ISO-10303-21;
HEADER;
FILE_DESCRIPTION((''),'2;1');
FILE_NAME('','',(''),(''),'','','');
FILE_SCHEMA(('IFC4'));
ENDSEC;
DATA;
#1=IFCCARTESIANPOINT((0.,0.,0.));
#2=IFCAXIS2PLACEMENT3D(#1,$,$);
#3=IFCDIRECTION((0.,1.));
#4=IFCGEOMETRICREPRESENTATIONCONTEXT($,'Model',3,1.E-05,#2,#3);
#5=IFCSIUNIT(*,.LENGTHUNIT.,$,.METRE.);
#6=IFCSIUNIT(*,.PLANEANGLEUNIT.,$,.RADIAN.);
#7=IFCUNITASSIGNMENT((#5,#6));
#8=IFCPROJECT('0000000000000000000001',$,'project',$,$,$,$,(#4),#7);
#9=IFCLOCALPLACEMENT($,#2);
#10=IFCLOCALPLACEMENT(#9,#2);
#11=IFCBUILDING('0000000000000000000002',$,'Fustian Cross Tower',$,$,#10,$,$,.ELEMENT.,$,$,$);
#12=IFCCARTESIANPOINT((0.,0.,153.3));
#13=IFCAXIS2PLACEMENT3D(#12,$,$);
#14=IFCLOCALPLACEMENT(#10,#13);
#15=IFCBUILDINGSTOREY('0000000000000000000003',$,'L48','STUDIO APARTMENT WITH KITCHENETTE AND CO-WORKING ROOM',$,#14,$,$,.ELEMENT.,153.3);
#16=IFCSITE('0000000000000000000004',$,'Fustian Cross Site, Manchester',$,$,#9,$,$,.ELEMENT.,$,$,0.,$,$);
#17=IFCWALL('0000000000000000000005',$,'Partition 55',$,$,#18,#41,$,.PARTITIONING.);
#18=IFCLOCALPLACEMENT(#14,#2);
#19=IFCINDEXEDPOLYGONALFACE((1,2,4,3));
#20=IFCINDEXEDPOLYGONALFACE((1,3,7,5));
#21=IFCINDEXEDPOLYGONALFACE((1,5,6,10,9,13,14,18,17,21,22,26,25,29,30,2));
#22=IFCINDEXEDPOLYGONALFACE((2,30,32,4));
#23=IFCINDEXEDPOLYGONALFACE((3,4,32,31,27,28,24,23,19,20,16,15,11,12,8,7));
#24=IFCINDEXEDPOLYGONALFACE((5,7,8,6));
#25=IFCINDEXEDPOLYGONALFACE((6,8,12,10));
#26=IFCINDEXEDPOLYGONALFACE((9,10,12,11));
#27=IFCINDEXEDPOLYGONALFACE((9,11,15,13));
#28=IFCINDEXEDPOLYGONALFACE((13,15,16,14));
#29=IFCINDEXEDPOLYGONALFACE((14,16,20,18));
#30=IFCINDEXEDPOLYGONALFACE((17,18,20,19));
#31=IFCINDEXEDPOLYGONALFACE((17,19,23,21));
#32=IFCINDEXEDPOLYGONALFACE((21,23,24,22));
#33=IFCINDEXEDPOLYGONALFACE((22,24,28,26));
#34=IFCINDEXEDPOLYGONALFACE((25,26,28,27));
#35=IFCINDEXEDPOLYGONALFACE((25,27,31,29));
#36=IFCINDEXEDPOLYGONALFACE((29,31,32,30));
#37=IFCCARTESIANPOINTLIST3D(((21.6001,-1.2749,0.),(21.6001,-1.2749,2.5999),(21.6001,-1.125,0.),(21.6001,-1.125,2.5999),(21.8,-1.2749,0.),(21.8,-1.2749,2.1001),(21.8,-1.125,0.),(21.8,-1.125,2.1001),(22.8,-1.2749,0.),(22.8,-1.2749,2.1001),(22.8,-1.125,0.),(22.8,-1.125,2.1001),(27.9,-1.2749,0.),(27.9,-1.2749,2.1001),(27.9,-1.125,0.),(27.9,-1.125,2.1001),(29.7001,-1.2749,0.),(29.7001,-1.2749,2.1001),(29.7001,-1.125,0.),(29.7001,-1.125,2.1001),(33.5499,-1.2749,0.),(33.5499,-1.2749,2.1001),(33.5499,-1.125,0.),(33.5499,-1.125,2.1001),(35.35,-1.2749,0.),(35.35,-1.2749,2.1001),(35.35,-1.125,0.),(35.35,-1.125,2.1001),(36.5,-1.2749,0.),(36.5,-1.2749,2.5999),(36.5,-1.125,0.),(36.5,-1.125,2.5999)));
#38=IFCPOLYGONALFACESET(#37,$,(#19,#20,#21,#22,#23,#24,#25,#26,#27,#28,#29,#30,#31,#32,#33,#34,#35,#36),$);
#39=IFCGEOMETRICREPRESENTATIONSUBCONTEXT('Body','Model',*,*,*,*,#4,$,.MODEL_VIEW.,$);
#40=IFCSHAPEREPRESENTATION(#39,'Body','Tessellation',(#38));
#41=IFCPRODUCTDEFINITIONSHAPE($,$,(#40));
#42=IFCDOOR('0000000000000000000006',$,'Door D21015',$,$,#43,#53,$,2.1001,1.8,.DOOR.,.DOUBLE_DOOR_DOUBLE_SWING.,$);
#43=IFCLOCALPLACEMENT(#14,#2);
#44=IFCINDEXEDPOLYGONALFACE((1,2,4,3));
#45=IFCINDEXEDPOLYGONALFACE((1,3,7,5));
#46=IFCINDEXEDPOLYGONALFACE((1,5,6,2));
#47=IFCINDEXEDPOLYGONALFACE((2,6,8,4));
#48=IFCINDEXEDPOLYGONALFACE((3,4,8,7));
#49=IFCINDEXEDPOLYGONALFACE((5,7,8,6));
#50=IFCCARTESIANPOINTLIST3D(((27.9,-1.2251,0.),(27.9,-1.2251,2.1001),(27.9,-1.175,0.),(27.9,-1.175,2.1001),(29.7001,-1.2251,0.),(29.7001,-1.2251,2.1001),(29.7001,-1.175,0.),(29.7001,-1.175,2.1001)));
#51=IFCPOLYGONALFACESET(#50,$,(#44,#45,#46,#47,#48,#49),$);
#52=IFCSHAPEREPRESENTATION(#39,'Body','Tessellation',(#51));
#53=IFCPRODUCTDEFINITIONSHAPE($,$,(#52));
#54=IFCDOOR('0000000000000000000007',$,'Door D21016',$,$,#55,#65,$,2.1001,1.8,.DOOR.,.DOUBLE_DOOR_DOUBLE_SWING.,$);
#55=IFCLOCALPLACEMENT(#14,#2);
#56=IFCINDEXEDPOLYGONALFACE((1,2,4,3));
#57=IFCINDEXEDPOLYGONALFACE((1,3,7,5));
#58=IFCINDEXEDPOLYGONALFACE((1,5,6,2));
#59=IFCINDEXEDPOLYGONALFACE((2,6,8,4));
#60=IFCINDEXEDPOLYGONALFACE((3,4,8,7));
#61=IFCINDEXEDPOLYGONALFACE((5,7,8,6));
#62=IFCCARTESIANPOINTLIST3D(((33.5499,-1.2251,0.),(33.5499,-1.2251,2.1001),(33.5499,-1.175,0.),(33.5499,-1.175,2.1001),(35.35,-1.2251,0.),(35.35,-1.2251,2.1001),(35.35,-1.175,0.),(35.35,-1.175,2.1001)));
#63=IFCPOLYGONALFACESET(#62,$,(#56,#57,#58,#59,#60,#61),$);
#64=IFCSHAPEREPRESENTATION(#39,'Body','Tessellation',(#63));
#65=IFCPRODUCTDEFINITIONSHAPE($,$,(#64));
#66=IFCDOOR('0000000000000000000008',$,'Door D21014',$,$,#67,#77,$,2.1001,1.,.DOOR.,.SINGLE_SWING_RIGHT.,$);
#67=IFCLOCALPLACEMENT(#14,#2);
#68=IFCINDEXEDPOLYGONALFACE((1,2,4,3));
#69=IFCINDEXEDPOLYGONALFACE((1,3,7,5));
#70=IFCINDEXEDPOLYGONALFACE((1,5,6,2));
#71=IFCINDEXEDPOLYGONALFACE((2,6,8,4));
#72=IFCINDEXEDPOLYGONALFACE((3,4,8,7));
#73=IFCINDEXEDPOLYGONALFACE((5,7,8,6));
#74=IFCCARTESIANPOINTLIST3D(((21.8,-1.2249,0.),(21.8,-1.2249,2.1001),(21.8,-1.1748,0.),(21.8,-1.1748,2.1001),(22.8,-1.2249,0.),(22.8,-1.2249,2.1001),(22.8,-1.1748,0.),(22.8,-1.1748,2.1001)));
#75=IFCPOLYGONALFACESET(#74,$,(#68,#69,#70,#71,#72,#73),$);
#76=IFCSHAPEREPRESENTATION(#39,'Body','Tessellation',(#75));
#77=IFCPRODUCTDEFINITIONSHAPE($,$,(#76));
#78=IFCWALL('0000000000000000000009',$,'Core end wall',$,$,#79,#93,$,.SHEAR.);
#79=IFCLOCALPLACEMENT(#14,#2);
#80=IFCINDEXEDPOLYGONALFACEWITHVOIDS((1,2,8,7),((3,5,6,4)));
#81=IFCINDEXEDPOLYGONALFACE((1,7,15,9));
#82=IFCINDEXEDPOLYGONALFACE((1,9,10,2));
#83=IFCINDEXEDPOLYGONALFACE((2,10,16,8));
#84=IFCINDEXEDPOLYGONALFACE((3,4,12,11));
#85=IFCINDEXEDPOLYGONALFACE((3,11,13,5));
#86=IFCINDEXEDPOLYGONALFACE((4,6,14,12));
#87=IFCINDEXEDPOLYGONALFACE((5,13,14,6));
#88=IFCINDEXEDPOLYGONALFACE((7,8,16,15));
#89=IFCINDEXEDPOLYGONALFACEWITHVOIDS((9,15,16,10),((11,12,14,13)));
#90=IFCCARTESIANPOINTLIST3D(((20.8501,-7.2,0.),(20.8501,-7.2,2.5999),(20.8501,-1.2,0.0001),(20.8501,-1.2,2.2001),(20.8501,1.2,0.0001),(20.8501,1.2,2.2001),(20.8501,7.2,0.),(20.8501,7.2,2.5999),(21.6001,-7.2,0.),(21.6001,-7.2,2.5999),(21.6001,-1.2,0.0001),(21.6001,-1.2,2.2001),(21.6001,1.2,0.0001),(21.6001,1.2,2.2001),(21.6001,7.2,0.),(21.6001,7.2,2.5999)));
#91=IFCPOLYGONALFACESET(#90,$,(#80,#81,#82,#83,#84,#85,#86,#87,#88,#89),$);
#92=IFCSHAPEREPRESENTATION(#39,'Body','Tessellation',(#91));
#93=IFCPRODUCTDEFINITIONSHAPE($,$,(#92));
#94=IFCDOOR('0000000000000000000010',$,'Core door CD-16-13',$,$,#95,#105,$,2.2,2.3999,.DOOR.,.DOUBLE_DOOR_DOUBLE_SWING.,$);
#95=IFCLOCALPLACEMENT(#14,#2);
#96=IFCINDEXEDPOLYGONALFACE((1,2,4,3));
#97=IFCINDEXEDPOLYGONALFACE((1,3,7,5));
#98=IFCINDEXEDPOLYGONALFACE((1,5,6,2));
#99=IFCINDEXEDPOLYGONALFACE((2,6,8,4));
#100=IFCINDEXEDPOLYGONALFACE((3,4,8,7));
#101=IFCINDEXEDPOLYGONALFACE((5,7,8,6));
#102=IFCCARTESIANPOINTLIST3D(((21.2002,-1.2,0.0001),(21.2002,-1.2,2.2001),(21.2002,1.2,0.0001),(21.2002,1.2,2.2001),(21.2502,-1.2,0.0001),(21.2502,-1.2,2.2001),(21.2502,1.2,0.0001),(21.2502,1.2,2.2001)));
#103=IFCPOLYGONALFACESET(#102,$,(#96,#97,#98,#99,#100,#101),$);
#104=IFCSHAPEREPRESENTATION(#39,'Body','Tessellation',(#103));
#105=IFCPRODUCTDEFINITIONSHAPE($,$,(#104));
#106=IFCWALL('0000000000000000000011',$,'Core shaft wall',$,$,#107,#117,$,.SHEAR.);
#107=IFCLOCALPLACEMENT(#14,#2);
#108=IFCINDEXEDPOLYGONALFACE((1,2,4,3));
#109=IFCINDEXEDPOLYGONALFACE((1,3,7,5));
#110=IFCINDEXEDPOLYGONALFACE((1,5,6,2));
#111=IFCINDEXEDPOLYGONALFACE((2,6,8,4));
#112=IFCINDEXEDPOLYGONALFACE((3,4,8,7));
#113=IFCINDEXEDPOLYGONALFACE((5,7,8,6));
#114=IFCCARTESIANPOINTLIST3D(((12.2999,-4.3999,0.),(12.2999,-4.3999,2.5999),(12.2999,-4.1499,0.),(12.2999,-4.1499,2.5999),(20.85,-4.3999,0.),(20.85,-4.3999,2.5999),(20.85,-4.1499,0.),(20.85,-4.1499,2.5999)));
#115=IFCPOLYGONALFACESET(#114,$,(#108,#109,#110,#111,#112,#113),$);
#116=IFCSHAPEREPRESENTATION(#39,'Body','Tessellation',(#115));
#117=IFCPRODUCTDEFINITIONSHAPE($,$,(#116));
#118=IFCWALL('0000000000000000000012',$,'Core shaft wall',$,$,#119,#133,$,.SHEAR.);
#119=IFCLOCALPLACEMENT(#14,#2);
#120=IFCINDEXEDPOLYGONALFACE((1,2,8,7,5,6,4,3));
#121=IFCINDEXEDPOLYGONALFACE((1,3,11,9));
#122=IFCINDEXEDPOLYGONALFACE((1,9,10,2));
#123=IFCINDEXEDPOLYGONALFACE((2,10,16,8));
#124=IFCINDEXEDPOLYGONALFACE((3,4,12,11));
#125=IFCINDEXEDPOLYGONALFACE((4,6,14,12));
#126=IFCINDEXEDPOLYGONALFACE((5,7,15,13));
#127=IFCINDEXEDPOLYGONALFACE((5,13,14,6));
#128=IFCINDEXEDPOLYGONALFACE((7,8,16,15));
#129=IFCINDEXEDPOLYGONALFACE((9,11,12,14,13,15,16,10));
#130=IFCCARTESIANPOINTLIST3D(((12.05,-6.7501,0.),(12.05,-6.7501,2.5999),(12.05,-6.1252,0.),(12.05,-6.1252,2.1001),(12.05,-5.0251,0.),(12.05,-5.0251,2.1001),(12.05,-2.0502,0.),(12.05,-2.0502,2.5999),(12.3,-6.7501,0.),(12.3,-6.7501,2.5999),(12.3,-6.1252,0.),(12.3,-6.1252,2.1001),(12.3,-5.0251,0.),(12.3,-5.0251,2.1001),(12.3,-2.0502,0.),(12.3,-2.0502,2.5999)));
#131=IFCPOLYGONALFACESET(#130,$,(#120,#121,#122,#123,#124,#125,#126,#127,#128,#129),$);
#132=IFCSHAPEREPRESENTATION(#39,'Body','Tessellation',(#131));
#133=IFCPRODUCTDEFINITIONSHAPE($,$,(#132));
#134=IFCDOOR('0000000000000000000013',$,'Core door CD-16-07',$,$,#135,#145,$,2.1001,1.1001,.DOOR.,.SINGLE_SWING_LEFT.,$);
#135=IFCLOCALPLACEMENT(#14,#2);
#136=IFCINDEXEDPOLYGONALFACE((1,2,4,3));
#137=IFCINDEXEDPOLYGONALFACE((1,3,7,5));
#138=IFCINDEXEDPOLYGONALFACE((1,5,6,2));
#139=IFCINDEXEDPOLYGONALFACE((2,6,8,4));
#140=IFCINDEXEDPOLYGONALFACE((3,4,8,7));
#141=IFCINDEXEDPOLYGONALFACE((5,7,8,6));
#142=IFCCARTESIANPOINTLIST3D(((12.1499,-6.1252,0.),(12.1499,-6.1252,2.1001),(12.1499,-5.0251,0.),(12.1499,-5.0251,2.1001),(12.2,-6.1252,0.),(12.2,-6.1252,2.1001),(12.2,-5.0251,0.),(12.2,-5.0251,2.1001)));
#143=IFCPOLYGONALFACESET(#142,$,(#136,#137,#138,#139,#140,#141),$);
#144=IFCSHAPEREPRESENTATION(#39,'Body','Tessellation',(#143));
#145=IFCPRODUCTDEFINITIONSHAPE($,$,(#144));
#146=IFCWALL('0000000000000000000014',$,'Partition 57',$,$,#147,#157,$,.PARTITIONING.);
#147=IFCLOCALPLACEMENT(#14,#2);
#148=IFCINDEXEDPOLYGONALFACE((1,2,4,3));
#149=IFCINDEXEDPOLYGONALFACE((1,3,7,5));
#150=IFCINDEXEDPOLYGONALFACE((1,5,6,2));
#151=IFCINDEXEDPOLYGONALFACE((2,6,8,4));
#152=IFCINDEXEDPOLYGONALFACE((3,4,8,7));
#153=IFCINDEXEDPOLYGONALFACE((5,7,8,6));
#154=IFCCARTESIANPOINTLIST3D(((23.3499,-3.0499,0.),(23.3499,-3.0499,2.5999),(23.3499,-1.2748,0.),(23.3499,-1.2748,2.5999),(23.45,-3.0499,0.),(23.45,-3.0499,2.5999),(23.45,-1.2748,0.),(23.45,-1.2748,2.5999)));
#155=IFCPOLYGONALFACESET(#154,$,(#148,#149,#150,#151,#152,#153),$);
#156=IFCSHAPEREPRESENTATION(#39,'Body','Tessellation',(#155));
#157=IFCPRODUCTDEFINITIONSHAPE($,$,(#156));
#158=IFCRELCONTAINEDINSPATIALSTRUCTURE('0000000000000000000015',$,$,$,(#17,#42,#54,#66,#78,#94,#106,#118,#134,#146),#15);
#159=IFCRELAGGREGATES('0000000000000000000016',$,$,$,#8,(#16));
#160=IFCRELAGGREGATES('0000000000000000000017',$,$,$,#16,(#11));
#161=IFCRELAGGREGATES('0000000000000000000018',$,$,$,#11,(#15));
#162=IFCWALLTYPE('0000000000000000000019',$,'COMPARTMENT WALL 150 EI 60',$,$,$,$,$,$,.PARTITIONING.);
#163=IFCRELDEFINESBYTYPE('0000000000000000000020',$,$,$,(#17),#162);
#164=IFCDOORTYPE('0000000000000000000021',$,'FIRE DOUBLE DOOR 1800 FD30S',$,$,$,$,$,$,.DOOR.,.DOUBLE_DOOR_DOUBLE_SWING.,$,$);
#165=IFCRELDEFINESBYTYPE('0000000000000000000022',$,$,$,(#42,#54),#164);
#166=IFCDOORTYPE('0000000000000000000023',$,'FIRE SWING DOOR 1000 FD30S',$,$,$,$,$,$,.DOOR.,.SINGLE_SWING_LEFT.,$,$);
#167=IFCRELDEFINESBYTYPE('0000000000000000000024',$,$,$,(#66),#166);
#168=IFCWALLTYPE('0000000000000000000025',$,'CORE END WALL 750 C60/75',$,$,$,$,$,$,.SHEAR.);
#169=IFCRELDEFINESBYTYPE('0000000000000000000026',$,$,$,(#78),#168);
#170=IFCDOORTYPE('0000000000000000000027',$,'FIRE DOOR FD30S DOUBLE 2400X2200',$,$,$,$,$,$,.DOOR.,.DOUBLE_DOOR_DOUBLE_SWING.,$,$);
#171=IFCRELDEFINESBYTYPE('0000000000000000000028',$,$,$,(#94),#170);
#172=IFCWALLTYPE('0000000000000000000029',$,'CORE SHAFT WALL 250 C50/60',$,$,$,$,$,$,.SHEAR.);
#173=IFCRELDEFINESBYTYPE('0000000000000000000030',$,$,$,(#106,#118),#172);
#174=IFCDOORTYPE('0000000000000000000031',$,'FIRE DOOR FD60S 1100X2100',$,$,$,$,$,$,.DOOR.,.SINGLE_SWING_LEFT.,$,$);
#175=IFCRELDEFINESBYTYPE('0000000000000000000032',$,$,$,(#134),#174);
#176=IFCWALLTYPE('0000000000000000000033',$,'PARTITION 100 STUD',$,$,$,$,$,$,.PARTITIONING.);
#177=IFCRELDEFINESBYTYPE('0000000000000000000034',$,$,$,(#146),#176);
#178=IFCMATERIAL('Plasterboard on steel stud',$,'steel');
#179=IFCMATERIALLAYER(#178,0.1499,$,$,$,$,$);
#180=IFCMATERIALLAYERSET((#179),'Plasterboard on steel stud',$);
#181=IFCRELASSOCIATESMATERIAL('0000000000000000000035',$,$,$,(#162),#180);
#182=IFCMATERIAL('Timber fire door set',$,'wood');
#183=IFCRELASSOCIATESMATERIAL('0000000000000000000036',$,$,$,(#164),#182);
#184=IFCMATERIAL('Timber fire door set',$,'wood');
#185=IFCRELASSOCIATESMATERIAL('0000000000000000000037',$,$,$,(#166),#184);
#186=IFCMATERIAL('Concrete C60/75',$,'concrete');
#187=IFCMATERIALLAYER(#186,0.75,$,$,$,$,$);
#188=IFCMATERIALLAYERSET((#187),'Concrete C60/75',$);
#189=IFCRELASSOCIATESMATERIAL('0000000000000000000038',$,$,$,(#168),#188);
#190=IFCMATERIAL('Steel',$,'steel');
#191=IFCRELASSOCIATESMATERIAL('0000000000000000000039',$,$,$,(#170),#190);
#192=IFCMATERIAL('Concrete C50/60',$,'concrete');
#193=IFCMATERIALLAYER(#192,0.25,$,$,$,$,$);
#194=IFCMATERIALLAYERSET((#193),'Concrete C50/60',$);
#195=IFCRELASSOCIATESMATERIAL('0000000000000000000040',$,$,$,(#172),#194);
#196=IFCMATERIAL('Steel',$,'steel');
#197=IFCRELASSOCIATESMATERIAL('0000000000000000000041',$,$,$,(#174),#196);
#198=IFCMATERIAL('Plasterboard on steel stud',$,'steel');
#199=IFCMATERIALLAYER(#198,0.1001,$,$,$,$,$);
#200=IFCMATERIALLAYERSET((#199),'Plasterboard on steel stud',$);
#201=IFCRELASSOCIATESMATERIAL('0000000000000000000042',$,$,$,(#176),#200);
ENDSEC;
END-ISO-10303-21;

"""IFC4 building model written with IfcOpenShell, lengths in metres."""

from ifc_helpers import new_model, si_unit, direction, frame, frame_2d, origin, place, context, subcontext, project, spatial, rectangle, extrude, material, layer, layer_set, type_object, element, fill, save


model = new_model("IFC4")

# Units and contexts
model_context = context("Model", 3, precision=1e-05, world=origin(), true_north=direction((0.0, 1.0)))
body_context = subcontext(model_context, "Body", "Model", "MODEL_VIEW")
ifc_project = project(units=[si_unit("LENGTHUNIT", "METRE"), si_unit("PLANEANGLEUNIT", "RADIAN")], contexts=[model_context])

# Site, building, storey
site_placement = place(None, origin())
site = spatial("IfcSite", under=ifc_project, at=site_placement, Name="Fustian Cross Site, Manchester", CompositionType="ELEMENT", RefElevation=0.0)
building_placement = place(site_placement, origin())
building = spatial("IfcBuilding", under=site, at=building_placement, Name="Fustian Cross Tower", CompositionType="ELEMENT")
storey_placement = place(building_placement, frame((0.0, 0.0, 153.3)))
storey = spatial("IfcBuildingStorey", under=building, at=storey_placement, Name="L48", Description="STUDIO APARTMENT WITH KITCHENETTE AND CO-WORKING ROOM", CompositionType="ELEMENT", Elevation=153.3)

# Wall, openings, doors
ifc_material_1 = material(Name="Plasterboard on steel stud", Category="steel")
ifc_layer_1 = layer(ifc_material_1, 0.1499)
ifc_layer_set_1 = layer_set([ifc_layer_1], Name="Plasterboard on steel stud")
wall_type_1 = type_object("IfcWallType", Name="COMPARTMENT WALL 150 EI 60", PredefinedType="PARTITIONING", material=ifc_layer_set_1)
wall_1_placement = place(storey_placement, frame((21.6001, -1.2, 0.0), z_axis=(0.0, 0.0, 1.0), x_axis=(1.0, 0.0, 0.0)))
wall_1 = element("IfcWall", 1, at=wall_1_placement, inside=storey, type_object=wall_type_1, Name="Partition 55", PredefinedType="PARTITIONING", context=body_context, shape_type="SweptSolid", body=[
    extrude(rectangle(XDim=14.8999, YDim=0.1499, at=frame_2d((7.45, 0.0))), origin(), (0.0, 0.0, 1.0), 2.5999),
])
opening_1_placement = place(wall_1_placement, frame((0.2, 0.0, 0.0)))
opening_1 = element("IfcOpeningElement", 2, at=opening_1_placement, cuts=wall_1, PredefinedType="OPENING", context=body_context, shape_type="SweptSolid", body=[
    extrude(rectangle(XDim=1.0, YDim=2.1001, at=frame_2d((0.5, 1.05))), frame((0.0, 0.085, 0.0), z_axis=(0.0, -1.0, 0.0), x_axis=(1.0, 0.0, 0.0)), (0.0, 0.0, 1.0), 0.1699),
])
opening_2_placement = place(wall_1_placement, frame((6.3, 0.0, 0.0)))
opening_2 = element("IfcOpeningElement", 3, at=opening_2_placement, cuts=wall_1, PredefinedType="OPENING", context=body_context, shape_type="SweptSolid", body=[
    extrude(rectangle(XDim=1.8, YDim=2.1001, at=frame_2d((0.8999, 1.05))), frame((0.0, 0.085, 0.0), z_axis=(0.0, -1.0, 0.0), x_axis=(1.0, 0.0, 0.0)), (0.0, 0.0, 1.0), 0.1699),
])
opening_3_placement = place(wall_1_placement, frame((11.95, 0.0, 0.0)))
opening_3 = element("IfcOpeningElement", 4, at=opening_3_placement, cuts=wall_1, PredefinedType="OPENING", context=body_context, shape_type="SweptSolid", body=[
    extrude(rectangle(XDim=1.8, YDim=2.1001, at=frame_2d((0.8999, 1.05))), frame((0.0, 0.085, 0.0), z_axis=(0.0, -1.0, 0.0), x_axis=(1.0, 0.0, 0.0)), (0.0, 0.0, 1.0), 0.1699),
])
ifc_material_2 = material(Name="Timber fire door set", Category="wood")
door_type_1 = type_object("IfcDoorType", Name="FIRE DOUBLE DOOR 1800 FD30S", OperationType="DOUBLE_DOOR_DOUBLE_SWING", PredefinedType="DOOR", material=ifc_material_2)
door_1_placement = place(opening_2_placement, origin())
door_1 = element("IfcDoor", 5, at=door_1_placement, inside=storey, type_object=door_type_1, Name="Door D21015", OperationType="DOUBLE_DOOR_DOUBLE_SWING", OverallHeight=2.1001, OverallWidth=1.8, PredefinedType="DOOR", context=body_context, shape_type="SweptSolid", body=[
    extrude(rectangle(XDim=1.8, YDim=2.1001, at=frame_2d((0.8999, 1.05))), frame((0.0, 0.0249, 0.0), z_axis=(0.0, -1.0, 0.0), x_axis=(1.0, 0.0, 0.0)), (0.0, 0.0, 1.0), 0.05),
])
fill(opening_2, door_1)
door_2_placement = place(opening_3_placement, origin())
door_2 = element("IfcDoor", 6, at=door_2_placement, inside=storey, type_object=door_type_1, Name="Door D21016", OperationType="DOUBLE_DOOR_DOUBLE_SWING", OverallHeight=2.1001, OverallWidth=1.8, PredefinedType="DOOR", context=body_context, shape_type="SweptSolid", body=[
    extrude(rectangle(XDim=1.8, YDim=2.1001, at=frame_2d((0.8999, 1.05))), frame((0.0, 0.0249, 0.0), z_axis=(0.0, -1.0, 0.0), x_axis=(1.0, 0.0, 0.0)), (0.0, 0.0, 1.0), 0.05),
])
fill(opening_3, door_2)
ifc_material_3 = material(Name="Timber fire door set", Category="wood")
door_type_2 = type_object("IfcDoorType", Name="FIRE SWING DOOR 1000 FD30S", OperationType="SINGLE_SWING_LEFT", PredefinedType="DOOR", material=ifc_material_3)
door_3_placement = place(opening_1_placement, frame((1.0, 0.0, 0.0), z_axis=(0.0, 0.0, 1.0), x_axis=(-1.0, 0.0, 0.0)))
door_3 = element("IfcDoor", 7, at=door_3_placement, inside=storey, type_object=door_type_2, Name="Door D21014", OperationType="SINGLE_SWING_RIGHT", OverallHeight=2.1001, OverallWidth=1.0, PredefinedType="DOOR", context=body_context, shape_type="SweptSolid", body=[
    extrude(rectangle(XDim=1.0, YDim=2.1001, at=frame_2d((0.5, 1.05))), frame((0.0, 0.0249, 0.0), z_axis=(0.0, -1.0, 0.0), x_axis=(1.0, 0.0, 0.0)), (0.0, 0.0, 1.0), 0.05),
])
fill(opening_1, door_3)

# Wall, opening, door
ifc_material_4 = material(Name="Concrete C60/75", Category="concrete")
ifc_layer_2 = layer(ifc_material_4, 0.75)
ifc_layer_set_2 = layer_set([ifc_layer_2], Name="Concrete C60/75")
wall_type_2 = type_object("IfcWallType", Name="CORE END WALL 750 C60/75", PredefinedType="SHEAR", material=ifc_layer_set_2)
wall_2_placement = place(storey_placement, frame((21.2251, -7.2, 0.0), z_axis=(0.0, 0.0, 1.0), x_axis=(0.0, 1.0, 0.0)))
wall_2 = element("IfcWall", 8, at=wall_2_placement, inside=storey, type_object=wall_type_2, Name="Core end wall", PredefinedType="SHEAR", context=body_context, shape_type="SweptSolid", body=[
    extrude(rectangle(XDim=14.3999, YDim=0.75, at=frame_2d((7.2, 0.0))), origin(), (0.0, 0.0, 1.0), 2.5999),
])
opening_4_placement = place(wall_2_placement, frame((6.0, 0.0, 0.0)))
opening_4 = element("IfcOpeningElement", 9, at=opening_4_placement, cuts=wall_2, PredefinedType="OPENING", context=body_context, shape_type="SweptSolid", body=[
    extrude(rectangle(XDim=2.3999, YDim=2.2, at=frame_2d((1.2, 1.1001))), frame((0.0, 0.385, 0.0), z_axis=(0.0, -1.0, 0.0), x_axis=(1.0, 0.0, 0.0)), (0.0, 0.0, 1.0), 0.77),
])
ifc_material_5 = material(Name="Steel", Category="steel")
door_type_3 = type_object("IfcDoorType", Name="FIRE DOOR FD30S DOUBLE 2400X2200", OperationType="DOUBLE_DOOR_DOUBLE_SWING", PredefinedType="DOOR", material=ifc_material_5)
door_4_placement = place(opening_4_placement, origin())
door_4 = element("IfcDoor", 10, at=door_4_placement, inside=storey, type_object=door_type_3, Name="Core door CD-16-13", OperationType="DOUBLE_DOOR_DOUBLE_SWING", OverallHeight=2.2, OverallWidth=2.3999, PredefinedType="DOOR", context=body_context, shape_type="SweptSolid", body=[
    extrude(rectangle(XDim=2.3999, YDim=2.2, at=frame_2d((1.2, 1.1001))), frame((0.0, 0.0249, 0.0), z_axis=(0.0, -1.0, 0.0), x_axis=(1.0, 0.0, 0.0)), (0.0, 0.0, 1.0), 0.05),
])
fill(opening_4, door_4)

# Wall
ifc_material_6 = material(Name="Concrete C50/60", Category="concrete")
ifc_layer_3 = layer(ifc_material_6, 0.25)
ifc_layer_set_3 = layer_set([ifc_layer_3], Name="Concrete C50/60")
wall_type_3 = type_object("IfcWallType", Name="CORE SHAFT WALL 250 C50/60", PredefinedType="SHEAR", material=ifc_layer_set_3)
wall_3_placement = place(storey_placement, frame((12.3, -4.2749, 0.0), z_axis=(0.0, 0.0, 1.0), x_axis=(1.0, 0.0, 0.0)))
element("IfcWall", 11, at=wall_3_placement, inside=storey, type_object=wall_type_3, Name="Core shaft wall", PredefinedType="SHEAR", context=body_context, shape_type="SweptSolid", body=[
    extrude(rectangle(XDim=8.55, YDim=0.25, at=frame_2d((4.2749, 0.0))), origin(), (0.0, 0.0, 1.0), 2.5999),
])

# Wall, opening, door
wall_4_placement = place(storey_placement, frame((12.175, -2.05, 0.0), z_axis=(0.0, 0.0, 1.0), x_axis=(0.0, -1.0, 0.0)))
wall_4 = element("IfcWall", 12, at=wall_4_placement, inside=storey, type_object=wall_type_3, Name="Core shaft wall", PredefinedType="SHEAR", context=body_context, shape_type="SweptSolid", body=[
    extrude(rectangle(XDim=4.7, YDim=0.25, at=frame_2d((2.3501, 0.0))), origin(), (0.0, 0.0, 1.0), 2.5999),
])
opening_5_placement = place(wall_4_placement, frame((2.9751, 0.0, 0.0)))
opening_5 = element("IfcOpeningElement", 13, at=opening_5_placement, cuts=wall_4, PredefinedType="OPENING", context=body_context, shape_type="SweptSolid", body=[
    extrude(rectangle(XDim=1.1001, YDim=2.1001, at=frame_2d((0.55, 1.05))), frame((0.0, 0.135, 0.0), z_axis=(0.0, -1.0, 0.0), x_axis=(1.0, 0.0, 0.0)), (0.0, 0.0, 1.0), 0.27),
])
ifc_material_7 = material(Name="Steel", Category="steel")
door_type_4 = type_object("IfcDoorType", Name="FIRE DOOR FD60S 1100X2100", OperationType="SINGLE_SWING_LEFT", PredefinedType="DOOR", material=ifc_material_7)
door_5_placement = place(opening_5_placement, origin())
door_5 = element("IfcDoor", 14, at=door_5_placement, inside=storey, type_object=door_type_4, Name="Core door CD-16-07", OperationType="SINGLE_SWING_LEFT", OverallHeight=2.1001, OverallWidth=1.1001, PredefinedType="DOOR", context=body_context, shape_type="SweptSolid", body=[
    extrude(rectangle(XDim=1.1001, YDim=2.1001, at=frame_2d((0.55, 1.05))), frame((0.0, 0.0249, 0.0), z_axis=(0.0, -1.0, 0.0), x_axis=(1.0, 0.0, 0.0)), (0.0, 0.0, 1.0), 0.05),
])
fill(opening_5, door_5)

# Wall
ifc_material_8 = material(Name="Plasterboard on steel stud", Category="steel")
ifc_layer_4 = layer(ifc_material_8, 0.1001)
ifc_layer_set_4 = layer_set([ifc_layer_4], Name="Plasterboard on steel stud")
wall_type_4 = type_object("IfcWallType", Name="PARTITION 100 STUD", PredefinedType="PARTITIONING", material=ifc_layer_set_4)
wall_5_placement = place(storey_placement, frame((23.3999, -3.05, 0.0), z_axis=(0.0, 0.0, 1.0), x_axis=(0.0, 1.0, 0.0)))
element("IfcWall", 15, at=wall_5_placement, inside=storey, type_object=wall_type_4, Name="Partition 57", PredefinedType="PARTITIONING", context=body_context, shape_type="SweptSolid", body=[
    extrude(rectangle(XDim=1.7751, YDim=0.1001, at=frame_2d((0.8877, 0.0))), origin(), (0.0, 0.0, 1.0), 2.5999),
])

save(model, "model.ifc")
